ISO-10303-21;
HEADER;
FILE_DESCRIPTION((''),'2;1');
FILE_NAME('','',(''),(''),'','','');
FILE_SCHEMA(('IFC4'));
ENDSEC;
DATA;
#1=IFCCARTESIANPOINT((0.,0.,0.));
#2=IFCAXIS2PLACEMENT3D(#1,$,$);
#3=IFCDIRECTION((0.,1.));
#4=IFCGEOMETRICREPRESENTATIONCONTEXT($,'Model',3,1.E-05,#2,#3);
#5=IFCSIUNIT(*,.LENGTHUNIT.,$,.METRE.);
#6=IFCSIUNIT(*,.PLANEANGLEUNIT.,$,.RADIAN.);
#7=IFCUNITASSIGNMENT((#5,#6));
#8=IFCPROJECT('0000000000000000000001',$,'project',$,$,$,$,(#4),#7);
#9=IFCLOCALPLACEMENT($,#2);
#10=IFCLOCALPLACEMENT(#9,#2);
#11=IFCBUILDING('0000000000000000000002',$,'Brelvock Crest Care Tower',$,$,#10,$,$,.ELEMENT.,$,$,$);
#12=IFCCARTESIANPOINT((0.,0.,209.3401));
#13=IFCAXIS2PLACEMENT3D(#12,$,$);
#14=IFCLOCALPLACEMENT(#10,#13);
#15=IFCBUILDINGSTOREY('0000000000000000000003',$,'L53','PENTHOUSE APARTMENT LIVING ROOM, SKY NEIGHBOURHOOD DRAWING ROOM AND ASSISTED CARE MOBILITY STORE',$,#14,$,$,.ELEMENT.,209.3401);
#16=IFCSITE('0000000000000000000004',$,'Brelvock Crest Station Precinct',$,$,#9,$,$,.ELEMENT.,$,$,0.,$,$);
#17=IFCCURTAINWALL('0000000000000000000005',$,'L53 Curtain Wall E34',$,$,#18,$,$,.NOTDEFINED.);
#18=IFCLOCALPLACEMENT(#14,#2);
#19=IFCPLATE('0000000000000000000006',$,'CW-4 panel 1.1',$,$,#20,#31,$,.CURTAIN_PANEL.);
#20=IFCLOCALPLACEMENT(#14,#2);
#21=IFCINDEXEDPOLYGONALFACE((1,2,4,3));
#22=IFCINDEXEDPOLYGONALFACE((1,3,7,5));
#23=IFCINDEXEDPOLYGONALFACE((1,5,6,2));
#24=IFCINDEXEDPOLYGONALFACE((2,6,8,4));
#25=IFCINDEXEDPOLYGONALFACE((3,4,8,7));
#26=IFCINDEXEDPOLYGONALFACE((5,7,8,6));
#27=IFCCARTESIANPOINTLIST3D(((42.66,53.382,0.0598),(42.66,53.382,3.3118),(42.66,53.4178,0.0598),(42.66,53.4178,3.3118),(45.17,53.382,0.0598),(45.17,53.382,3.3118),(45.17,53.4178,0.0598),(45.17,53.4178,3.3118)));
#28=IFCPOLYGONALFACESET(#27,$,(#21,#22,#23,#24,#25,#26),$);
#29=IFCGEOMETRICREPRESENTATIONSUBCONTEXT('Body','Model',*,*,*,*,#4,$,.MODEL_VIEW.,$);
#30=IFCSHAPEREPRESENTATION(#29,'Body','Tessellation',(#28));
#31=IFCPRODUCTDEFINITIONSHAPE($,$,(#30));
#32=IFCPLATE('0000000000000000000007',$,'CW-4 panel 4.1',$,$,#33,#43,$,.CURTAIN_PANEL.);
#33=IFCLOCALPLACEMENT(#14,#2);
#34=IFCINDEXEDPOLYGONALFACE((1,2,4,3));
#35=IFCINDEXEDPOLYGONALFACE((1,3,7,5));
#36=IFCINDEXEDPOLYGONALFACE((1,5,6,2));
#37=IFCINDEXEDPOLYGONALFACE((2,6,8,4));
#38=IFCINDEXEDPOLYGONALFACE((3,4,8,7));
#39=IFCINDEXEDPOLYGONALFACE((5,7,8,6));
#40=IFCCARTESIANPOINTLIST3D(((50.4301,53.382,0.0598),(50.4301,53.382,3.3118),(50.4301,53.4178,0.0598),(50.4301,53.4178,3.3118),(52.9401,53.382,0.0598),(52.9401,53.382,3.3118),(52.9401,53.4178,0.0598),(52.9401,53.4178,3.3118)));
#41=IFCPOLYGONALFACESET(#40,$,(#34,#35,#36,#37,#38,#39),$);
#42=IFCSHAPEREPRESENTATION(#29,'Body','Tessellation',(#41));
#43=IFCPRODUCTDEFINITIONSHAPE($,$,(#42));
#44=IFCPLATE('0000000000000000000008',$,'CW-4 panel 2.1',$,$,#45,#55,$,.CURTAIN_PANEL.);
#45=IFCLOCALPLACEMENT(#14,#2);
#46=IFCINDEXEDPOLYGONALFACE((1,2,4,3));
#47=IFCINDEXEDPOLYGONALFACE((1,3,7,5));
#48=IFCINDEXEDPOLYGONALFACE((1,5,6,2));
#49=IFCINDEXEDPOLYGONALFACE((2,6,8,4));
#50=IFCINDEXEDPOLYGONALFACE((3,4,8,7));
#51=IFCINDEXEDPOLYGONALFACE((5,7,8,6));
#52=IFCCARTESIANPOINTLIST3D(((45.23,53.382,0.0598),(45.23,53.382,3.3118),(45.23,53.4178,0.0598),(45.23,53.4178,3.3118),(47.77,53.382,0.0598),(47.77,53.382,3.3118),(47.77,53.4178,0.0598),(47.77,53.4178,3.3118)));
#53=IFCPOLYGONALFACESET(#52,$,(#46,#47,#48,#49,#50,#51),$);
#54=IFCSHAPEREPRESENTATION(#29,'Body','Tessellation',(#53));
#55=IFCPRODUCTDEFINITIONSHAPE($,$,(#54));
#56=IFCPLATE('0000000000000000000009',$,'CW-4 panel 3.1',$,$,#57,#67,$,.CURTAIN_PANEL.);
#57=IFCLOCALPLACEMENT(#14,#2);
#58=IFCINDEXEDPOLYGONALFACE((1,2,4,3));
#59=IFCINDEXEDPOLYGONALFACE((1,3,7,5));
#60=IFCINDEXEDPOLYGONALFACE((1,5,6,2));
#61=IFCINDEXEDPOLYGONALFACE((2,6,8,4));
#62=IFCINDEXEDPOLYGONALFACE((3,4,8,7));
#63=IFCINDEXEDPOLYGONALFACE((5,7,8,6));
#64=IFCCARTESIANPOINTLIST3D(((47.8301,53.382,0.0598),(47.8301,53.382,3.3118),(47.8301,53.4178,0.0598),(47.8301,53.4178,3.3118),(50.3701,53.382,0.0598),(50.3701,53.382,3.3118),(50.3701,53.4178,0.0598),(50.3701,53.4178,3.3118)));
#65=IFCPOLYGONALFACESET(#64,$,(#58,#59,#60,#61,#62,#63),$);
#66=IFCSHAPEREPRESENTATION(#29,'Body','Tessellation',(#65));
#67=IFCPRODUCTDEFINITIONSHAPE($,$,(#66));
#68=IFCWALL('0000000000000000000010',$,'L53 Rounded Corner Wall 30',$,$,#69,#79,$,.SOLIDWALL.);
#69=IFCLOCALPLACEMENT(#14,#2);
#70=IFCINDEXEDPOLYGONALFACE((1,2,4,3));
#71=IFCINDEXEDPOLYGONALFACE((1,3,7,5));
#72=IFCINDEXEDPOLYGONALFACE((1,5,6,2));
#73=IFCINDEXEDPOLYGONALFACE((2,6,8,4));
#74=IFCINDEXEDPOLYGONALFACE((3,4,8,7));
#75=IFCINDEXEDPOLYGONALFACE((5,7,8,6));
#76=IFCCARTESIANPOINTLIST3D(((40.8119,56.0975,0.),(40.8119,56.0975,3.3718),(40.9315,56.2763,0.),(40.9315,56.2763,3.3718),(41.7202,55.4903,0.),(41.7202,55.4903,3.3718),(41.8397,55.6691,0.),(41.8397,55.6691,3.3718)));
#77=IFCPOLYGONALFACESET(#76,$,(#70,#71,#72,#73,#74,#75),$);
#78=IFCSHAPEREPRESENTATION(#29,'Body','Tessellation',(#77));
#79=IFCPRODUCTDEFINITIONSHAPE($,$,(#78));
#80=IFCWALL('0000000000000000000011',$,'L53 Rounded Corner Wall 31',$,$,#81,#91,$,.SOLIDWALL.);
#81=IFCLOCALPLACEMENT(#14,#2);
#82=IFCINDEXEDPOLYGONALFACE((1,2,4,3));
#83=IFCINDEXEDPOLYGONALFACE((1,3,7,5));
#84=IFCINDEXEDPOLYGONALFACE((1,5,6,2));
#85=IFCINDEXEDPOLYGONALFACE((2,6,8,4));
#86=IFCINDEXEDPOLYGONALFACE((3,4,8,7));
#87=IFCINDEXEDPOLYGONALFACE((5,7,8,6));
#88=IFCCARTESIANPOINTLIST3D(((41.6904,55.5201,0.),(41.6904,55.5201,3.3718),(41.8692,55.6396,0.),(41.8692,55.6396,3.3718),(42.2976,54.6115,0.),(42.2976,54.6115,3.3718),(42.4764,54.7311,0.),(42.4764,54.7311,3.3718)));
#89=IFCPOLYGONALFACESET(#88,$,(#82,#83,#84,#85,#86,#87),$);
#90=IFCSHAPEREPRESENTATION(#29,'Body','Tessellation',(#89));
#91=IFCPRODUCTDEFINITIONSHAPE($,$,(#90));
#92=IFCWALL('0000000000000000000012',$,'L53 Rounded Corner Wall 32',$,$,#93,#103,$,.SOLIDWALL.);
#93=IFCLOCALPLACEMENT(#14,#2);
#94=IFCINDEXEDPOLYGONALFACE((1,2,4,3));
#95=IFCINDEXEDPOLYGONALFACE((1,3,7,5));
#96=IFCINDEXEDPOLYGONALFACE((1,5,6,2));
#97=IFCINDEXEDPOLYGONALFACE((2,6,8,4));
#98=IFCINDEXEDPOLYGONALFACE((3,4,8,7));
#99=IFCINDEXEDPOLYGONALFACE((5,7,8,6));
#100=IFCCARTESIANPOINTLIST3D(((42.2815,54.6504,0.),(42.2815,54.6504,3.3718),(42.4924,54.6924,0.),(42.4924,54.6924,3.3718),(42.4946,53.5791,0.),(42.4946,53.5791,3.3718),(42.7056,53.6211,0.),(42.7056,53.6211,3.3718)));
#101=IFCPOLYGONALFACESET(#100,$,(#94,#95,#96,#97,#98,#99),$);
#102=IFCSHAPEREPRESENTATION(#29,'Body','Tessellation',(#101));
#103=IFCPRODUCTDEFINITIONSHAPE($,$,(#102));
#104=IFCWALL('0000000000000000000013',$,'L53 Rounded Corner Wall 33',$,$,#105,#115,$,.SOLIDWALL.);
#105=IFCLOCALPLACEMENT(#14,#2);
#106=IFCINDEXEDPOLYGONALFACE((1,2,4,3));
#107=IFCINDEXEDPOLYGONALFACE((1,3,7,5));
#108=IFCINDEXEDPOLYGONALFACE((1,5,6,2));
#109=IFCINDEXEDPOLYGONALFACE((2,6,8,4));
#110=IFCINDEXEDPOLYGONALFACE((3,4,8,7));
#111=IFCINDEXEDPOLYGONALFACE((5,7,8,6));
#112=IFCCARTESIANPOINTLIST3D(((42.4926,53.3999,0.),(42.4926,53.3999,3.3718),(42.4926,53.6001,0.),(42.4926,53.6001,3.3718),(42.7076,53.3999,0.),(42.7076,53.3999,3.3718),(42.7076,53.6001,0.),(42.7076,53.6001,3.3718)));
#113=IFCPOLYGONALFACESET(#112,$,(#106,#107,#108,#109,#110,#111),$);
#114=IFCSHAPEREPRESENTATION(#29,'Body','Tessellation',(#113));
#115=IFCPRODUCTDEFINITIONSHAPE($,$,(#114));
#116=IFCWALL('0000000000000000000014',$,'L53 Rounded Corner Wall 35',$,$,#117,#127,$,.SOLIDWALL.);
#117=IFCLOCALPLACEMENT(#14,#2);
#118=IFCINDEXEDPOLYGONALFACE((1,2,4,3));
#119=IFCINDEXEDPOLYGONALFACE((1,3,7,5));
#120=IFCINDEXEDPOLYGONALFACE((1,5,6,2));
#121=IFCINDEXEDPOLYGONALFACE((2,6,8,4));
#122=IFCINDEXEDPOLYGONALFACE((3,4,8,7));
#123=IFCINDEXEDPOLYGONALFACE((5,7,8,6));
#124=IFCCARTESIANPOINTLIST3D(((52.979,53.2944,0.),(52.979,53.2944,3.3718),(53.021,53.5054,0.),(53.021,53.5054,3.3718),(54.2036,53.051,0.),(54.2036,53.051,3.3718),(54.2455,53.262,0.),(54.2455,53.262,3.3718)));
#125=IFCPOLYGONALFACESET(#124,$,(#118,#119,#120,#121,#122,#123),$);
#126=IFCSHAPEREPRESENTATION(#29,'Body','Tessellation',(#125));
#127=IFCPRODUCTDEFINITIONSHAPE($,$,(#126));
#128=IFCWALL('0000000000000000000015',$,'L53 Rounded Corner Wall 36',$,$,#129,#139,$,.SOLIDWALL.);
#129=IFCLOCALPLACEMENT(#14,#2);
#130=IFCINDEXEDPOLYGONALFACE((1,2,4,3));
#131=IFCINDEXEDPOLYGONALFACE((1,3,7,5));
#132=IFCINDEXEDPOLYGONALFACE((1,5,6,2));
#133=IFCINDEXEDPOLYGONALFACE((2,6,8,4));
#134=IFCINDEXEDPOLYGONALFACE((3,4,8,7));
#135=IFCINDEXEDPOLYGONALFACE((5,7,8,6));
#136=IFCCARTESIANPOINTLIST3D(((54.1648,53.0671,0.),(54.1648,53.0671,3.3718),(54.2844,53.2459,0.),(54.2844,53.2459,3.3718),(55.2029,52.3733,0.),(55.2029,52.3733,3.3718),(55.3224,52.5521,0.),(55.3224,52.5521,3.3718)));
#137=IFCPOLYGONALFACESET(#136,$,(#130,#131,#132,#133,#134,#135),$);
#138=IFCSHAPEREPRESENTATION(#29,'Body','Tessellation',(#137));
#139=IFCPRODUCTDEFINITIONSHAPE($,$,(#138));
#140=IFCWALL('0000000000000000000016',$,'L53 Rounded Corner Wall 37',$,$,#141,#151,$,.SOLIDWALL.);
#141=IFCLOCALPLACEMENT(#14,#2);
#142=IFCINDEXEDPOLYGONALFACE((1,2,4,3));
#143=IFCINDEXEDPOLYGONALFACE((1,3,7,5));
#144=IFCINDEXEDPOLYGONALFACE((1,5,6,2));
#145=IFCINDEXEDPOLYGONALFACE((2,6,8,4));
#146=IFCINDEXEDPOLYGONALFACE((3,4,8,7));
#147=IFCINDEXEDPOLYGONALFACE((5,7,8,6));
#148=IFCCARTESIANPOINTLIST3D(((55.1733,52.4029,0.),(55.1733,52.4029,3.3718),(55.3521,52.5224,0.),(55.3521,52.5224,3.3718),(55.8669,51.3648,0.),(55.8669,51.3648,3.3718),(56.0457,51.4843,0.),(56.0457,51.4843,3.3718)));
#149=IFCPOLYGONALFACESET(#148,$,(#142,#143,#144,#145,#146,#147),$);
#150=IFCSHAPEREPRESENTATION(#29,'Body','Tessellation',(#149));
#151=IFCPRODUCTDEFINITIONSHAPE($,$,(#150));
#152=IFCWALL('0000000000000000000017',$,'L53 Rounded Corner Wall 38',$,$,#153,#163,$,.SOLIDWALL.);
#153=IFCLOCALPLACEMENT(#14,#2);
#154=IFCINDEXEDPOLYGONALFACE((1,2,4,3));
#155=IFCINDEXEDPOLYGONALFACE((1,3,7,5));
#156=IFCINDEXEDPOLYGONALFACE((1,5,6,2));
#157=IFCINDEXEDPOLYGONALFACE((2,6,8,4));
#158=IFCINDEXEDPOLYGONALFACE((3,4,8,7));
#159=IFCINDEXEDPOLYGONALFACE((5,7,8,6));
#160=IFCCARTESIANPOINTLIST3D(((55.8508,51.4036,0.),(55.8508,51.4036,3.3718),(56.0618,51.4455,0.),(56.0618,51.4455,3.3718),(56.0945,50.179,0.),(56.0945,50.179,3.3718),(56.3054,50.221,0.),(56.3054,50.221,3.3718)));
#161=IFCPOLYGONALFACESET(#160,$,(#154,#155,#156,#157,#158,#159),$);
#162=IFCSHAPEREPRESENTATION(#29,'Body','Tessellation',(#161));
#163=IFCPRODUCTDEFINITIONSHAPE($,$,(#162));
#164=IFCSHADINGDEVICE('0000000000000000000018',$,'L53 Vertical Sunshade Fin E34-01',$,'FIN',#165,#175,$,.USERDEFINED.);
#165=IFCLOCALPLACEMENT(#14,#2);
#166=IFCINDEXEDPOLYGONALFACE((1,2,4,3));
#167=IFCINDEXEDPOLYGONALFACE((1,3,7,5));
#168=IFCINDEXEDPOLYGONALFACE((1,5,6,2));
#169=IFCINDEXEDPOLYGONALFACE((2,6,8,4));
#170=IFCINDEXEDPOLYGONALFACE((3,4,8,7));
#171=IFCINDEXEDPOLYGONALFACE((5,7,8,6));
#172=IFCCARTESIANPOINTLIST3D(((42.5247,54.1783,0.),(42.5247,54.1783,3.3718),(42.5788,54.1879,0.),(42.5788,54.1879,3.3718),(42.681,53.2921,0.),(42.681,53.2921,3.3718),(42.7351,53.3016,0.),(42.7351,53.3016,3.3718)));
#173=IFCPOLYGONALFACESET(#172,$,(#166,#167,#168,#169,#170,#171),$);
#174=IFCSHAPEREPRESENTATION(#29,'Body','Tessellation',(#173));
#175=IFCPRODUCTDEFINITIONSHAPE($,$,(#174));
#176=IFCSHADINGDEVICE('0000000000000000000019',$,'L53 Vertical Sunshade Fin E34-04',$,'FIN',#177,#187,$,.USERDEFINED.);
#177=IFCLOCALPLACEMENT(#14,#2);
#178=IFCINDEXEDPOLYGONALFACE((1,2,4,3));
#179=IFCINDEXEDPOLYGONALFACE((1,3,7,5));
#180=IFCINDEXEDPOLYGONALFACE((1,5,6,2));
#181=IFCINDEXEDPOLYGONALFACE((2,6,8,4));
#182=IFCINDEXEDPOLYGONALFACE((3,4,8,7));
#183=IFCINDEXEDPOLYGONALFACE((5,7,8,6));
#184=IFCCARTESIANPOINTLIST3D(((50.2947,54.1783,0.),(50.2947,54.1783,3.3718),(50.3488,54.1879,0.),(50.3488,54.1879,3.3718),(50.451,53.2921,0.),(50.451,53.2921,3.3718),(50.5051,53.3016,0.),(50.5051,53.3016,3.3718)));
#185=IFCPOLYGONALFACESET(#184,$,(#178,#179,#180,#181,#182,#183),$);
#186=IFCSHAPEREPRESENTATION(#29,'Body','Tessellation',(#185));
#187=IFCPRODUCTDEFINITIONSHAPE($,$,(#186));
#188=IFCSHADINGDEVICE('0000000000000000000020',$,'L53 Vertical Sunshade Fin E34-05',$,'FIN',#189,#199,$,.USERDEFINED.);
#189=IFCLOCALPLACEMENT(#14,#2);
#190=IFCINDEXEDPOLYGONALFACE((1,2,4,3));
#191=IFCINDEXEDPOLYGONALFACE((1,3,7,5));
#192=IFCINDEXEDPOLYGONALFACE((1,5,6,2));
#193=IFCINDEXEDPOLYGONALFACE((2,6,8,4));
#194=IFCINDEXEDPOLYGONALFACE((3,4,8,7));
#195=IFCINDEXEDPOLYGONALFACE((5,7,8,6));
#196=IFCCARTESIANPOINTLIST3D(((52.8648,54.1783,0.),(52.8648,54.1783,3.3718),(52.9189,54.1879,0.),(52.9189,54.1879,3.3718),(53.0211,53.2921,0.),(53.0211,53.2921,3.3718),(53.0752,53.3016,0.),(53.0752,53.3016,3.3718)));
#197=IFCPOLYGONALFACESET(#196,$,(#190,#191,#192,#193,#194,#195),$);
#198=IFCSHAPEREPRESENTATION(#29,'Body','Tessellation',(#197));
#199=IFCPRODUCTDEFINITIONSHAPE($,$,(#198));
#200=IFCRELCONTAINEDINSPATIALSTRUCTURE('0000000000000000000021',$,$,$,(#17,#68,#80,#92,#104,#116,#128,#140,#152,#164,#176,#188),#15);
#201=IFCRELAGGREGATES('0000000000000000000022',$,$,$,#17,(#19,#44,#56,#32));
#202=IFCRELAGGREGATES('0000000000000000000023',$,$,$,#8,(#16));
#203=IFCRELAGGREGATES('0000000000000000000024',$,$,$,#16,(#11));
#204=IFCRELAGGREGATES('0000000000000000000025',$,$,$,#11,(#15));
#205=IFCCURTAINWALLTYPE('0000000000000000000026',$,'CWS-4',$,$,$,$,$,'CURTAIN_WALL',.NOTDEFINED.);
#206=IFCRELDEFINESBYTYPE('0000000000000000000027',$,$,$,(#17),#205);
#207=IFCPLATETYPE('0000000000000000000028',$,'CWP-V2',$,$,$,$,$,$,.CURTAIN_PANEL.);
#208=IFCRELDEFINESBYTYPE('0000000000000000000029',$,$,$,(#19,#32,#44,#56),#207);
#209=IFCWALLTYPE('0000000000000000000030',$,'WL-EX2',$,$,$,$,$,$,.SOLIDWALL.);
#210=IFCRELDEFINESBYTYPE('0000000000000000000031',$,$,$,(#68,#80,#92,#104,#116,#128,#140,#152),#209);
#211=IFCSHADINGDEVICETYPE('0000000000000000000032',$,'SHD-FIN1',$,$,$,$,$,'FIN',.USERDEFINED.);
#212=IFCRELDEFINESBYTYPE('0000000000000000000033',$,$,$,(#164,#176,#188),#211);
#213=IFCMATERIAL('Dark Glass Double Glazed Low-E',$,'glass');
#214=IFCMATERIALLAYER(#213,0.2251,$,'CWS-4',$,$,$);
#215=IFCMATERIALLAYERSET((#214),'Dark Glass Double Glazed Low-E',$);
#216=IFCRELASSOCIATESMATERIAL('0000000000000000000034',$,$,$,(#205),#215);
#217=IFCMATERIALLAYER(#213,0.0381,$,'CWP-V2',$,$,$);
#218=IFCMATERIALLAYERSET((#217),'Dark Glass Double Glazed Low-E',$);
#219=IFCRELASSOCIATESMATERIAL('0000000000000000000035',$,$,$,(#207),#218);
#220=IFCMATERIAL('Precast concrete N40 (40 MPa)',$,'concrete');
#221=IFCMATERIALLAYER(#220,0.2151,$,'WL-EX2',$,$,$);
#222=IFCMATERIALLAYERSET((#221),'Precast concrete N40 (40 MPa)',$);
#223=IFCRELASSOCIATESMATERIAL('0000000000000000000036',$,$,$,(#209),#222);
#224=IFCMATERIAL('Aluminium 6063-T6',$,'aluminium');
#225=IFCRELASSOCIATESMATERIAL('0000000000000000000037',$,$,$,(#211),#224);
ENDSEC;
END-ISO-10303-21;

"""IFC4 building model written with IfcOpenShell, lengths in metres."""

from ifc_helpers import new_model, si_unit, direction, frame, frame_2d, origin, origin_2d, place, context, subcontext, project, spatial, rectangle, extrude, source, transform, mapped, material, layer, layer_set, material_profile, profile_set, type_object, element, aggregate, save


model = new_model("IFC4")

# Units and contexts
model_context = context("Model", 3, precision=1e-05, world=origin(), true_north=direction((0.0, 1.0)))
body_context = subcontext(model_context, "Body", "Model", "MODEL_VIEW")
ifc_project = project(units=[si_unit("LENGTHUNIT", "METRE"), si_unit("PLANEANGLEUNIT", "RADIAN")], contexts=[model_context])

# Site, building, storey
site_placement = place(None, origin())
site = spatial("IfcSite", under=ifc_project, at=site_placement, Name="Brelvock Crest Station Precinct", CompositionType="ELEMENT", RefElevation=0.0)
building_placement = place(site_placement, origin())
building = spatial("IfcBuilding", under=site, at=building_placement, Name="Brelvock Crest Care Tower", CompositionType="ELEMENT")
storey_placement = place(building_placement, frame((0.0, 0.0, 209.3401)))
storey = spatial("IfcBuildingStorey", under=building, at=storey_placement, Name="L53", Description="PENTHOUSE APARTMENT LIVING ROOM, SKY NEIGHBOURHOOD DRAWING ROOM AND ASSISTED CARE MOBILITY STORE", CompositionType="ELEMENT", Elevation=209.3401)

# Curtain wall
ifc_material_1 = material(Name="Dark Glass Double Glazed Low-E", Category="glass")
ifc_layer_1 = layer(ifc_material_1, 0.2251, Name="CWS-4")
ifc_layer_set_1 = layer_set([ifc_layer_1], Name="Dark Glass Double Glazed Low-E")
curtain_wall_type = type_object("IfcCurtainWallType", Name="CWS-4", ElementType="CURTAIN_WALL", PredefinedType="NOTDEFINED", material=ifc_layer_set_1)
curtain_wall_1_placement = place(storey_placement, origin())
curtain_wall_1 = element("IfcCurtainWall", 1, at=curtain_wall_1_placement, inside=storey, type_object=curtain_wall_type, Name="L53 Curtain Wall E34", PredefinedType="NOTDEFINED")
ifc_material_2 = material(Name="Aluminium 6063-T6", Category="aluminium")

# Plates
ifc_layer_2 = layer(ifc_material_1, 0.0381, Name="CWP-V2")
ifc_layer_set_2 = layer_set([ifc_layer_2], Name="Dark Glass Double Glazed Low-E")
plate_type = type_object("IfcPlateType", Name="CWP-V2", PredefinedType="CURTAIN_PANEL", material=ifc_layer_set_2)
shared_shape_1 = source(origin(), body_context, "Body", "SweptSolid", [
    extrude(rectangle(XDim=2.51, YDim=0.0359, at=origin_2d()), origin(), (0.0, 0.0, 1.0), 3.252),
])
plate_1_placement = place(storey_placement, frame((43.915, 53.3999, 0.0598), z_axis=(0.0, 0.0, 1.0), x_axis=(1.0, 0.0, 0.0)))
plate_1 = element("IfcPlate", 2, at=plate_1_placement, type_object=plate_type, Name="CW-4 panel 1.1", PredefinedType="CURTAIN_PANEL", context=body_context, shape_type="MappedRepresentation", body=[
    mapped(shared_shape_1, transform((0.0, 0.0, 0.0), x_axis=(1.0, 0.0, 0.0), y_axis=(0.0, 1.0, 0.0), z_axis=(0.0, 0.0, 1.0), scale=1.0)),
])
plate_2_placement = place(storey_placement, frame((51.6851, 53.3999, 0.0598), z_axis=(0.0, 0.0, 1.0), x_axis=(1.0, 0.0, 0.0)))
plate_2 = element("IfcPlate", 3, at=plate_2_placement, type_object=plate_type, Name="CW-4 panel 4.1", PredefinedType="CURTAIN_PANEL", context=body_context, shape_type="MappedRepresentation", body=[
    mapped(shared_shape_1, transform((0.0, 0.0, 0.0), x_axis=(1.0, 0.0, 0.0), y_axis=(0.0, 1.0, 0.0), z_axis=(0.0, 0.0, 1.0), scale=1.0)),
])
shared_shape_2 = source(origin(), body_context, "Body", "SweptSolid", [
    extrude(rectangle(XDim=2.54, YDim=0.0359, at=origin_2d()), origin(), (0.0, 0.0, 1.0), 3.252),
])
plate_3_placement = place(storey_placement, frame((46.5, 53.3999, 0.0598), z_axis=(0.0, 0.0, 1.0), x_axis=(1.0, 0.0, 0.0)))
plate_3 = element("IfcPlate", 4, at=plate_3_placement, type_object=plate_type, Name="CW-4 panel 2.1", PredefinedType="CURTAIN_PANEL", context=body_context, shape_type="MappedRepresentation", body=[
    mapped(shared_shape_2, transform((0.0, 0.0, 0.0), x_axis=(1.0, 0.0, 0.0), y_axis=(0.0, 1.0, 0.0), z_axis=(0.0, 0.0, 1.0), scale=1.0)),
])
plate_4_placement = place(storey_placement, frame((49.1001, 53.3999, 0.0598), z_axis=(0.0, 0.0, 1.0), x_axis=(1.0, 0.0, 0.0)))
plate_4 = element("IfcPlate", 5, at=plate_4_placement, type_object=plate_type, Name="CW-4 panel 3.1", PredefinedType="CURTAIN_PANEL", context=body_context, shape_type="MappedRepresentation", body=[
    mapped(shared_shape_2, transform((0.0, 0.0, 0.0), x_axis=(1.0, 0.0, 0.0), y_axis=(0.0, 1.0, 0.0), z_axis=(0.0, 0.0, 1.0), scale=1.0)),
])
aggregate(curtain_wall_1, [plate_1, plate_3, plate_4, plate_2])

# Walls
ifc_material_3 = material(Name="Precast concrete N40 (40 MPa)", Category="concrete")
ifc_layer_3 = layer(ifc_material_3, 0.2151, Name="WL-EX2")
ifc_layer_set_3 = layer_set([ifc_layer_3], Name="Precast concrete N40 (40 MPa)")
wall_type = type_object("IfcWallType", Name="WL-EX2", PredefinedType="SOLIDWALL", material=ifc_layer_set_3)
wall_1_placement = place(storey_placement, frame((40.8716, 56.187, 0.0), z_axis=(0.0, 0.0, 1.0), x_axis=(0.831328, -0.555783, 0.0)))
element("IfcWall", 6, at=wall_1_placement, inside=storey, type_object=wall_type, Name="L53 Rounded Corner Wall 30", PredefinedType="SOLIDWALL", context=body_context, shape_type="SweptSolid", body=[
    extrude(rectangle(XDim=1.0925, YDim=0.2151, at=frame_2d((0.5464, 0.0))), origin(), (0.0, 0.0, 1.0), 3.3718),
])
wall_2_placement = place(storey_placement, frame((41.7798, 55.5798, 0.0), z_axis=(0.0, 0.0, 1.0), x_axis=(0.555679, -0.831397, 0.0)))
element("IfcWall", 7, at=wall_2_placement, inside=storey, type_object=wall_type, Name="L53 Rounded Corner Wall 31", PredefinedType="SOLIDWALL", context=body_context, shape_type="SweptSolid", body=[
    extrude(rectangle(XDim=1.0928, YDim=0.2151, at=frame_2d((0.5464, 0.0))), origin(), (0.0, 0.0, 1.0), 3.3718),
])
wall_3_placement = place(storey_placement, frame((42.387, 54.6714, 0.0), z_axis=(0.0, 0.0, 1.0), x_axis=(0.195127, -0.980778, 0.0)))
element("IfcWall", 8, at=wall_3_placement, inside=storey, type_object=wall_type, Name="L53 Rounded Corner Wall 32", PredefinedType="SOLIDWALL", context=body_context, shape_type="SweptSolid", body=[
    extrude(rectangle(XDim=1.0923, YDim=0.2151, at=frame_2d((0.5461, 0.0))), origin(), (0.0, 0.0, 1.0), 3.3718),
])
wall_4_placement = place(storey_placement, frame((42.6001, 53.6001, 0.0), z_axis=(0.0, 0.0, 1.0), x_axis=(0.0, -1.0, 0.0)))
element("IfcWall", 9, at=wall_4_placement, inside=storey, type_object=wall_type, Name="L53 Rounded Corner Wall 33", PredefinedType="SOLIDWALL", context=body_context, shape_type="SweptSolid", body=[
    extrude(rectangle(XDim=0.2002, YDim=0.2151, at=frame_2d((0.1001, 0.0))), origin(), (0.0, 0.0, 1.0), 3.3718),
])
for number, where, z_axis, x_axis, name in (
    (10, (53.0, 53.3999, 0.0), (0.0, 0.0, 1.0), (0.980813, -0.19495, 0.0), "L53 Rounded Corner Wall 35"),
    (11, (54.2246, 53.1565, 0.0), (0.0, 0.0, 1.0), (0.831388, -0.555692, 0.0), "L53 Rounded Corner Wall 36"),
    (12, (55.2627, 52.4626, 0.0), (0.0, 0.0, 1.0), (0.555557, -0.831478, 0.0), "L53 Rounded Corner Wall 37"),
    (13, (55.9563, 51.4246, 0.0), (0.0, 0.0, 1.0), (0.195138, -0.980776, 0.0), "L53 Rounded Corner Wall 38"),
):
    element("IfcWall", number, at=place(storey_placement, frame(where, z_axis=z_axis, x_axis=x_axis)), inside=storey, type_object=wall_type, Name=name, PredefinedType="SOLIDWALL", context=body_context, shape_type="SweptSolid", body=[
        extrude(rectangle(XDim=1.2485, YDim=0.2151, at=frame_2d((0.6243, 0.0))), origin(), (0.0, 0.0, 1.0), 3.3718),
    ])

# Shading devices
ifc_material_profile_1 = material_profile(ifc_material_2, rectangle(XDim=0.0549, YDim=0.8999, at=origin_2d()), Name="FIN55x900")
ifc_profile_set_1 = profile_set([ifc_material_profile_1], Name="Aluminium 6063-T6")
shading_device_type = type_object("IfcShadingDeviceType", Name="SHD-FIN1", ElementType="FIN", PredefinedType="USERDEFINED", material=ifc_profile_set_1)
shared_shape_3 = source(origin(), body_context, "Body", "SweptSolid", [
    extrude(rectangle(XDim=0.0549, YDim=0.8999, at=origin_2d()), origin(), (0.0, 0.0, 1.0), 3.3718),
])
for number, where, z_axis, x_axis, name in (
    (14, (42.6299, 53.74, 0.0), (0.0, 0.0, 1.0), (0.984808, 0.173648, 0.0), "L53 Vertical Sunshade Fin E34-01"),
    (15, (50.3999, 53.74, 0.0), (0.0, 0.0, 1.0), (0.984808, 0.173648, 0.0), "L53 Vertical Sunshade Fin E34-04"),
    (16, (52.97, 53.74, 0.0), (0.0, 0.0, 1.0), (0.984808, 0.173648, 0.0), "L53 Vertical Sunshade Fin E34-05"),
):
    element("IfcShadingDevice", number, at=place(storey_placement, frame(where, z_axis=z_axis, x_axis=x_axis)), inside=storey, type_object=shading_device_type, Name=name, ObjectType="FIN", PredefinedType="USERDEFINED", context=body_context, shape_type="MappedRepresentation", body=[
        mapped(shared_shape_3, transform((0.0, 0.0, 0.0), x_axis=(1.0, 0.0, 0.0), y_axis=(0.0, 1.0, 0.0), z_axis=(0.0, 0.0, 1.0), scale=1.0)),
    ])

save(model, "model.ifc")
